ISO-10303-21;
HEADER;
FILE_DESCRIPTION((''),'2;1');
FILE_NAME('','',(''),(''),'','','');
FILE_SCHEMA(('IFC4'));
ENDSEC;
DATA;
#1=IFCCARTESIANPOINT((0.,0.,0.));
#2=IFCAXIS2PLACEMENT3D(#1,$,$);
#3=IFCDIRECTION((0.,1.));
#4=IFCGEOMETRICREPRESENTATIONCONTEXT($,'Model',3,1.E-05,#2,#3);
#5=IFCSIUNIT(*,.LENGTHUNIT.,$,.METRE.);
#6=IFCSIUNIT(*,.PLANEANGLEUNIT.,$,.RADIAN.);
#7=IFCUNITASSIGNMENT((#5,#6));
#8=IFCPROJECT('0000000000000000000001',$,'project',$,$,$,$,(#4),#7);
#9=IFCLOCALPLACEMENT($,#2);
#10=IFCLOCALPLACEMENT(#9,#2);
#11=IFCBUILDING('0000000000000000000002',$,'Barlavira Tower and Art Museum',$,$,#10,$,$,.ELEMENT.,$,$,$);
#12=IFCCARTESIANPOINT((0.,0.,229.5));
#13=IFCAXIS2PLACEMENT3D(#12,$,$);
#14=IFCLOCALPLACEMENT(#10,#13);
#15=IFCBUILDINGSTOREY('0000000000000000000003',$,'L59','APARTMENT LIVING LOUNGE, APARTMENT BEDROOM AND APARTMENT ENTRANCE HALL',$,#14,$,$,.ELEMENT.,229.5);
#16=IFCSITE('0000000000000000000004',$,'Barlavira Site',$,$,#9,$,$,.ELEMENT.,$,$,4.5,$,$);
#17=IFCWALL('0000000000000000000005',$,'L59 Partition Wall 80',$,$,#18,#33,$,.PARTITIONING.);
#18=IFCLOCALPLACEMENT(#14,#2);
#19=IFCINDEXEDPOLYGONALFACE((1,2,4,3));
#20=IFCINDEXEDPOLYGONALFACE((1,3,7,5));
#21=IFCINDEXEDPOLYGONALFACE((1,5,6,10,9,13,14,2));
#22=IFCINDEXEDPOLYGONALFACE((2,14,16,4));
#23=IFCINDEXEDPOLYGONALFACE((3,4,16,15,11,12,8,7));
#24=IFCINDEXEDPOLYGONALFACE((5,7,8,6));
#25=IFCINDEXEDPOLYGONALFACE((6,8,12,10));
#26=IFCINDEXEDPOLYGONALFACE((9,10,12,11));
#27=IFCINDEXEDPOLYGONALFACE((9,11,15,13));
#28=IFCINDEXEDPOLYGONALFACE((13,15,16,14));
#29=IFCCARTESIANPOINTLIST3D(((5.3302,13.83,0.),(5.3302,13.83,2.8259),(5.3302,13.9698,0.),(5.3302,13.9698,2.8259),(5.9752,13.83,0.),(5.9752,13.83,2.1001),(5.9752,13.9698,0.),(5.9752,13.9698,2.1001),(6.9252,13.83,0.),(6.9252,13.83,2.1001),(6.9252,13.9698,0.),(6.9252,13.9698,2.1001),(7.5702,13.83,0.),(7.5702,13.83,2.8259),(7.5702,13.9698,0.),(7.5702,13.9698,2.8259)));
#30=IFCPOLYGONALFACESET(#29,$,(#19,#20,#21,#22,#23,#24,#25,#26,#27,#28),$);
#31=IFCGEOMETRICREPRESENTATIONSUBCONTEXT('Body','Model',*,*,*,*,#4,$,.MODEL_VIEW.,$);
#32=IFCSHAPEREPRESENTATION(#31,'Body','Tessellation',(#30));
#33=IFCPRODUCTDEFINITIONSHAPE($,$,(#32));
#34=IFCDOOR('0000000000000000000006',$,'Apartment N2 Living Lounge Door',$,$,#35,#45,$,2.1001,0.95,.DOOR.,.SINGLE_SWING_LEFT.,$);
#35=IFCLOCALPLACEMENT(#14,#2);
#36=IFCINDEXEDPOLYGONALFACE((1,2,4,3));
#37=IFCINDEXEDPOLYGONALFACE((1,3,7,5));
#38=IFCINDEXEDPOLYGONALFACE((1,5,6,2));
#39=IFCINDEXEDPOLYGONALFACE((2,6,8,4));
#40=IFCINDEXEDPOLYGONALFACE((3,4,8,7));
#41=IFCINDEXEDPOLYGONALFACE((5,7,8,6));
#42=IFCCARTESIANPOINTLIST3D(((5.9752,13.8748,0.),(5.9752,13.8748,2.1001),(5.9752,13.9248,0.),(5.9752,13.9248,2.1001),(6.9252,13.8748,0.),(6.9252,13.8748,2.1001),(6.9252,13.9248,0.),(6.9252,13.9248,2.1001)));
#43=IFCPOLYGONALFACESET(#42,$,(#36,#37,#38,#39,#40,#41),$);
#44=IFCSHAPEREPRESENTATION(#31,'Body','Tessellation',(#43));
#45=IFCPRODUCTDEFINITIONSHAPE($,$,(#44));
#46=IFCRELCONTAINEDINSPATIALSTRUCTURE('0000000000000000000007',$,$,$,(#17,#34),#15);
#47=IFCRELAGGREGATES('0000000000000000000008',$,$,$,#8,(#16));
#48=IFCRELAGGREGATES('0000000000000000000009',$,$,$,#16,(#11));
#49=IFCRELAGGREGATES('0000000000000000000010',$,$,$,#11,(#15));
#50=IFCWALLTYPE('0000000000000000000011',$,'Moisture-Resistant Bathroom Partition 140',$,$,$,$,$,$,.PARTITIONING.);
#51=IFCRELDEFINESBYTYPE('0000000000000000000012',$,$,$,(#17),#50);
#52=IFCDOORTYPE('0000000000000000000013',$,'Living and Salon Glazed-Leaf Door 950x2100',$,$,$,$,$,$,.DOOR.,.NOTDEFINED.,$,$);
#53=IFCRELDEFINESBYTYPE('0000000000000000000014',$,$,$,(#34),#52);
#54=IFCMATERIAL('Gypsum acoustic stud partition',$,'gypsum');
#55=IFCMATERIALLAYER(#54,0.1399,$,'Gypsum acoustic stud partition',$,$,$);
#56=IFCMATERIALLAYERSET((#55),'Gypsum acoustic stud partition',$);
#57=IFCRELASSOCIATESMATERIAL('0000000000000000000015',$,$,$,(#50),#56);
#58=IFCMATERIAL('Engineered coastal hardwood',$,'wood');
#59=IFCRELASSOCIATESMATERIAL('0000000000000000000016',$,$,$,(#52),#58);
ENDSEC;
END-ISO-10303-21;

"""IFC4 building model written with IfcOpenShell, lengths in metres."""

from ifc_helpers import new_model, si_unit, direction, frame, frame_2d, origin, place, context, subcontext, project, spatial, rectangle, extrude, material, layer, layer_set, type_object, element, fill, save


model = new_model("IFC4")

# Units and contexts
model_context = context("Model", 3, precision=1e-05, world=origin(), true_north=direction((0.0, 1.0)))
body_context = subcontext(model_context, "Body", "Model", "MODEL_VIEW")
ifc_project = project(units=[si_unit("LENGTHUNIT", "METRE"), si_unit("PLANEANGLEUNIT", "RADIAN")], contexts=[model_context])

# Site, building, storey
site_placement = place(None, origin())
site = spatial("IfcSite", under=ifc_project, at=site_placement, Name="Barlavira Site", CompositionType="ELEMENT", RefElevation=4.5)
building_placement = place(site_placement, origin())
building = spatial("IfcBuilding", under=site, at=building_placement, Name="Barlavira Tower and Art Museum", CompositionType="ELEMENT")
storey_placement = place(building_placement, frame((0.0, 0.0, 229.5)))
storey = spatial("IfcBuildingStorey", under=building, at=storey_placement, Name="L59", Description="APARTMENT LIVING LOUNGE, APARTMENT BEDROOM AND APARTMENT ENTRANCE HALL", CompositionType="ELEMENT", Elevation=229.5)

# Shared definitions
ifc_material_1 = material(Name="Gypsum acoustic stud partition", Category="gypsum")
ifc_material_2 = material(Name="Engineered coastal hardwood", Category="wood")

# Shared definitions
ifc_layer_1 = layer(ifc_material_1, 0.1399, Name="Gypsum acoustic stud partition")
ifc_layer_set_1 = layer_set([ifc_layer_1], Name="Gypsum acoustic stud partition")
wall_type_1 = type_object("IfcWallType", Name="Moisture-Resistant Bathroom Partition 140", PredefinedType="PARTITIONING", material=ifc_layer_set_1)

# Wall, opening, door
wall_1_placement = place(storey_placement, frame((5.3301, 13.8999, 0.0), z_axis=(0.0, 0.0, 1.0), x_axis=(1.0, 0.0, 0.0)))
wall_1 = element("IfcWall", 1, at=wall_1_placement, inside=storey, type_object=wall_type_1, Name="L59 Partition Wall 80", PredefinedType="PARTITIONING", context=body_context, shape_type="SweptSolid", body=[
    extrude(rectangle(XDim=2.24, YDim=0.1399, at=frame_2d((1.1201, 0.0))), origin(), (0.0, 0.0, 1.0), 2.8259),
])
opening_1_placement = place(wall_1_placement, frame((0.645, 0.0, 0.0)))
opening_1 = element("IfcOpeningElement", 2, at=opening_1_placement, cuts=wall_1, PredefinedType="OPENING", context=body_context, shape_type="SweptSolid", body=[
    extrude(rectangle(XDim=0.95, YDim=2.1001, at=frame_2d((0.4751, 1.05))), frame((0.0, 0.0801, 0.0), z_axis=(0.0, -1.0, 0.0), x_axis=(1.0, 0.0, 0.0)), (0.0, 0.0, 1.0), 0.1599),
])
door_type_1 = type_object("IfcDoorType", Name="Living and Salon Glazed-Leaf Door 950x2100", OperationType="NOTDEFINED", PredefinedType="DOOR", material=ifc_material_2)
door_1_placement = place(opening_1_placement, origin())
door_1 = element("IfcDoor", 3, at=door_1_placement, inside=storey, type_object=door_type_1, Name="Apartment N2 Living Lounge Door", OperationType="SINGLE_SWING_LEFT", OverallHeight=2.1001, OverallWidth=0.95, PredefinedType="DOOR", context=body_context, shape_type="SweptSolid", body=[
    extrude(rectangle(XDim=0.95, YDim=2.1001, at=frame_2d((0.4751, 1.05))), frame((0.0, 0.0249, 0.0), z_axis=(0.0, -1.0, 0.0), x_axis=(1.0, 0.0, 0.0)), (0.0, 0.0, 1.0), 0.05),
])
fill(opening_1, door_1)

save(model, "model.ifc")
